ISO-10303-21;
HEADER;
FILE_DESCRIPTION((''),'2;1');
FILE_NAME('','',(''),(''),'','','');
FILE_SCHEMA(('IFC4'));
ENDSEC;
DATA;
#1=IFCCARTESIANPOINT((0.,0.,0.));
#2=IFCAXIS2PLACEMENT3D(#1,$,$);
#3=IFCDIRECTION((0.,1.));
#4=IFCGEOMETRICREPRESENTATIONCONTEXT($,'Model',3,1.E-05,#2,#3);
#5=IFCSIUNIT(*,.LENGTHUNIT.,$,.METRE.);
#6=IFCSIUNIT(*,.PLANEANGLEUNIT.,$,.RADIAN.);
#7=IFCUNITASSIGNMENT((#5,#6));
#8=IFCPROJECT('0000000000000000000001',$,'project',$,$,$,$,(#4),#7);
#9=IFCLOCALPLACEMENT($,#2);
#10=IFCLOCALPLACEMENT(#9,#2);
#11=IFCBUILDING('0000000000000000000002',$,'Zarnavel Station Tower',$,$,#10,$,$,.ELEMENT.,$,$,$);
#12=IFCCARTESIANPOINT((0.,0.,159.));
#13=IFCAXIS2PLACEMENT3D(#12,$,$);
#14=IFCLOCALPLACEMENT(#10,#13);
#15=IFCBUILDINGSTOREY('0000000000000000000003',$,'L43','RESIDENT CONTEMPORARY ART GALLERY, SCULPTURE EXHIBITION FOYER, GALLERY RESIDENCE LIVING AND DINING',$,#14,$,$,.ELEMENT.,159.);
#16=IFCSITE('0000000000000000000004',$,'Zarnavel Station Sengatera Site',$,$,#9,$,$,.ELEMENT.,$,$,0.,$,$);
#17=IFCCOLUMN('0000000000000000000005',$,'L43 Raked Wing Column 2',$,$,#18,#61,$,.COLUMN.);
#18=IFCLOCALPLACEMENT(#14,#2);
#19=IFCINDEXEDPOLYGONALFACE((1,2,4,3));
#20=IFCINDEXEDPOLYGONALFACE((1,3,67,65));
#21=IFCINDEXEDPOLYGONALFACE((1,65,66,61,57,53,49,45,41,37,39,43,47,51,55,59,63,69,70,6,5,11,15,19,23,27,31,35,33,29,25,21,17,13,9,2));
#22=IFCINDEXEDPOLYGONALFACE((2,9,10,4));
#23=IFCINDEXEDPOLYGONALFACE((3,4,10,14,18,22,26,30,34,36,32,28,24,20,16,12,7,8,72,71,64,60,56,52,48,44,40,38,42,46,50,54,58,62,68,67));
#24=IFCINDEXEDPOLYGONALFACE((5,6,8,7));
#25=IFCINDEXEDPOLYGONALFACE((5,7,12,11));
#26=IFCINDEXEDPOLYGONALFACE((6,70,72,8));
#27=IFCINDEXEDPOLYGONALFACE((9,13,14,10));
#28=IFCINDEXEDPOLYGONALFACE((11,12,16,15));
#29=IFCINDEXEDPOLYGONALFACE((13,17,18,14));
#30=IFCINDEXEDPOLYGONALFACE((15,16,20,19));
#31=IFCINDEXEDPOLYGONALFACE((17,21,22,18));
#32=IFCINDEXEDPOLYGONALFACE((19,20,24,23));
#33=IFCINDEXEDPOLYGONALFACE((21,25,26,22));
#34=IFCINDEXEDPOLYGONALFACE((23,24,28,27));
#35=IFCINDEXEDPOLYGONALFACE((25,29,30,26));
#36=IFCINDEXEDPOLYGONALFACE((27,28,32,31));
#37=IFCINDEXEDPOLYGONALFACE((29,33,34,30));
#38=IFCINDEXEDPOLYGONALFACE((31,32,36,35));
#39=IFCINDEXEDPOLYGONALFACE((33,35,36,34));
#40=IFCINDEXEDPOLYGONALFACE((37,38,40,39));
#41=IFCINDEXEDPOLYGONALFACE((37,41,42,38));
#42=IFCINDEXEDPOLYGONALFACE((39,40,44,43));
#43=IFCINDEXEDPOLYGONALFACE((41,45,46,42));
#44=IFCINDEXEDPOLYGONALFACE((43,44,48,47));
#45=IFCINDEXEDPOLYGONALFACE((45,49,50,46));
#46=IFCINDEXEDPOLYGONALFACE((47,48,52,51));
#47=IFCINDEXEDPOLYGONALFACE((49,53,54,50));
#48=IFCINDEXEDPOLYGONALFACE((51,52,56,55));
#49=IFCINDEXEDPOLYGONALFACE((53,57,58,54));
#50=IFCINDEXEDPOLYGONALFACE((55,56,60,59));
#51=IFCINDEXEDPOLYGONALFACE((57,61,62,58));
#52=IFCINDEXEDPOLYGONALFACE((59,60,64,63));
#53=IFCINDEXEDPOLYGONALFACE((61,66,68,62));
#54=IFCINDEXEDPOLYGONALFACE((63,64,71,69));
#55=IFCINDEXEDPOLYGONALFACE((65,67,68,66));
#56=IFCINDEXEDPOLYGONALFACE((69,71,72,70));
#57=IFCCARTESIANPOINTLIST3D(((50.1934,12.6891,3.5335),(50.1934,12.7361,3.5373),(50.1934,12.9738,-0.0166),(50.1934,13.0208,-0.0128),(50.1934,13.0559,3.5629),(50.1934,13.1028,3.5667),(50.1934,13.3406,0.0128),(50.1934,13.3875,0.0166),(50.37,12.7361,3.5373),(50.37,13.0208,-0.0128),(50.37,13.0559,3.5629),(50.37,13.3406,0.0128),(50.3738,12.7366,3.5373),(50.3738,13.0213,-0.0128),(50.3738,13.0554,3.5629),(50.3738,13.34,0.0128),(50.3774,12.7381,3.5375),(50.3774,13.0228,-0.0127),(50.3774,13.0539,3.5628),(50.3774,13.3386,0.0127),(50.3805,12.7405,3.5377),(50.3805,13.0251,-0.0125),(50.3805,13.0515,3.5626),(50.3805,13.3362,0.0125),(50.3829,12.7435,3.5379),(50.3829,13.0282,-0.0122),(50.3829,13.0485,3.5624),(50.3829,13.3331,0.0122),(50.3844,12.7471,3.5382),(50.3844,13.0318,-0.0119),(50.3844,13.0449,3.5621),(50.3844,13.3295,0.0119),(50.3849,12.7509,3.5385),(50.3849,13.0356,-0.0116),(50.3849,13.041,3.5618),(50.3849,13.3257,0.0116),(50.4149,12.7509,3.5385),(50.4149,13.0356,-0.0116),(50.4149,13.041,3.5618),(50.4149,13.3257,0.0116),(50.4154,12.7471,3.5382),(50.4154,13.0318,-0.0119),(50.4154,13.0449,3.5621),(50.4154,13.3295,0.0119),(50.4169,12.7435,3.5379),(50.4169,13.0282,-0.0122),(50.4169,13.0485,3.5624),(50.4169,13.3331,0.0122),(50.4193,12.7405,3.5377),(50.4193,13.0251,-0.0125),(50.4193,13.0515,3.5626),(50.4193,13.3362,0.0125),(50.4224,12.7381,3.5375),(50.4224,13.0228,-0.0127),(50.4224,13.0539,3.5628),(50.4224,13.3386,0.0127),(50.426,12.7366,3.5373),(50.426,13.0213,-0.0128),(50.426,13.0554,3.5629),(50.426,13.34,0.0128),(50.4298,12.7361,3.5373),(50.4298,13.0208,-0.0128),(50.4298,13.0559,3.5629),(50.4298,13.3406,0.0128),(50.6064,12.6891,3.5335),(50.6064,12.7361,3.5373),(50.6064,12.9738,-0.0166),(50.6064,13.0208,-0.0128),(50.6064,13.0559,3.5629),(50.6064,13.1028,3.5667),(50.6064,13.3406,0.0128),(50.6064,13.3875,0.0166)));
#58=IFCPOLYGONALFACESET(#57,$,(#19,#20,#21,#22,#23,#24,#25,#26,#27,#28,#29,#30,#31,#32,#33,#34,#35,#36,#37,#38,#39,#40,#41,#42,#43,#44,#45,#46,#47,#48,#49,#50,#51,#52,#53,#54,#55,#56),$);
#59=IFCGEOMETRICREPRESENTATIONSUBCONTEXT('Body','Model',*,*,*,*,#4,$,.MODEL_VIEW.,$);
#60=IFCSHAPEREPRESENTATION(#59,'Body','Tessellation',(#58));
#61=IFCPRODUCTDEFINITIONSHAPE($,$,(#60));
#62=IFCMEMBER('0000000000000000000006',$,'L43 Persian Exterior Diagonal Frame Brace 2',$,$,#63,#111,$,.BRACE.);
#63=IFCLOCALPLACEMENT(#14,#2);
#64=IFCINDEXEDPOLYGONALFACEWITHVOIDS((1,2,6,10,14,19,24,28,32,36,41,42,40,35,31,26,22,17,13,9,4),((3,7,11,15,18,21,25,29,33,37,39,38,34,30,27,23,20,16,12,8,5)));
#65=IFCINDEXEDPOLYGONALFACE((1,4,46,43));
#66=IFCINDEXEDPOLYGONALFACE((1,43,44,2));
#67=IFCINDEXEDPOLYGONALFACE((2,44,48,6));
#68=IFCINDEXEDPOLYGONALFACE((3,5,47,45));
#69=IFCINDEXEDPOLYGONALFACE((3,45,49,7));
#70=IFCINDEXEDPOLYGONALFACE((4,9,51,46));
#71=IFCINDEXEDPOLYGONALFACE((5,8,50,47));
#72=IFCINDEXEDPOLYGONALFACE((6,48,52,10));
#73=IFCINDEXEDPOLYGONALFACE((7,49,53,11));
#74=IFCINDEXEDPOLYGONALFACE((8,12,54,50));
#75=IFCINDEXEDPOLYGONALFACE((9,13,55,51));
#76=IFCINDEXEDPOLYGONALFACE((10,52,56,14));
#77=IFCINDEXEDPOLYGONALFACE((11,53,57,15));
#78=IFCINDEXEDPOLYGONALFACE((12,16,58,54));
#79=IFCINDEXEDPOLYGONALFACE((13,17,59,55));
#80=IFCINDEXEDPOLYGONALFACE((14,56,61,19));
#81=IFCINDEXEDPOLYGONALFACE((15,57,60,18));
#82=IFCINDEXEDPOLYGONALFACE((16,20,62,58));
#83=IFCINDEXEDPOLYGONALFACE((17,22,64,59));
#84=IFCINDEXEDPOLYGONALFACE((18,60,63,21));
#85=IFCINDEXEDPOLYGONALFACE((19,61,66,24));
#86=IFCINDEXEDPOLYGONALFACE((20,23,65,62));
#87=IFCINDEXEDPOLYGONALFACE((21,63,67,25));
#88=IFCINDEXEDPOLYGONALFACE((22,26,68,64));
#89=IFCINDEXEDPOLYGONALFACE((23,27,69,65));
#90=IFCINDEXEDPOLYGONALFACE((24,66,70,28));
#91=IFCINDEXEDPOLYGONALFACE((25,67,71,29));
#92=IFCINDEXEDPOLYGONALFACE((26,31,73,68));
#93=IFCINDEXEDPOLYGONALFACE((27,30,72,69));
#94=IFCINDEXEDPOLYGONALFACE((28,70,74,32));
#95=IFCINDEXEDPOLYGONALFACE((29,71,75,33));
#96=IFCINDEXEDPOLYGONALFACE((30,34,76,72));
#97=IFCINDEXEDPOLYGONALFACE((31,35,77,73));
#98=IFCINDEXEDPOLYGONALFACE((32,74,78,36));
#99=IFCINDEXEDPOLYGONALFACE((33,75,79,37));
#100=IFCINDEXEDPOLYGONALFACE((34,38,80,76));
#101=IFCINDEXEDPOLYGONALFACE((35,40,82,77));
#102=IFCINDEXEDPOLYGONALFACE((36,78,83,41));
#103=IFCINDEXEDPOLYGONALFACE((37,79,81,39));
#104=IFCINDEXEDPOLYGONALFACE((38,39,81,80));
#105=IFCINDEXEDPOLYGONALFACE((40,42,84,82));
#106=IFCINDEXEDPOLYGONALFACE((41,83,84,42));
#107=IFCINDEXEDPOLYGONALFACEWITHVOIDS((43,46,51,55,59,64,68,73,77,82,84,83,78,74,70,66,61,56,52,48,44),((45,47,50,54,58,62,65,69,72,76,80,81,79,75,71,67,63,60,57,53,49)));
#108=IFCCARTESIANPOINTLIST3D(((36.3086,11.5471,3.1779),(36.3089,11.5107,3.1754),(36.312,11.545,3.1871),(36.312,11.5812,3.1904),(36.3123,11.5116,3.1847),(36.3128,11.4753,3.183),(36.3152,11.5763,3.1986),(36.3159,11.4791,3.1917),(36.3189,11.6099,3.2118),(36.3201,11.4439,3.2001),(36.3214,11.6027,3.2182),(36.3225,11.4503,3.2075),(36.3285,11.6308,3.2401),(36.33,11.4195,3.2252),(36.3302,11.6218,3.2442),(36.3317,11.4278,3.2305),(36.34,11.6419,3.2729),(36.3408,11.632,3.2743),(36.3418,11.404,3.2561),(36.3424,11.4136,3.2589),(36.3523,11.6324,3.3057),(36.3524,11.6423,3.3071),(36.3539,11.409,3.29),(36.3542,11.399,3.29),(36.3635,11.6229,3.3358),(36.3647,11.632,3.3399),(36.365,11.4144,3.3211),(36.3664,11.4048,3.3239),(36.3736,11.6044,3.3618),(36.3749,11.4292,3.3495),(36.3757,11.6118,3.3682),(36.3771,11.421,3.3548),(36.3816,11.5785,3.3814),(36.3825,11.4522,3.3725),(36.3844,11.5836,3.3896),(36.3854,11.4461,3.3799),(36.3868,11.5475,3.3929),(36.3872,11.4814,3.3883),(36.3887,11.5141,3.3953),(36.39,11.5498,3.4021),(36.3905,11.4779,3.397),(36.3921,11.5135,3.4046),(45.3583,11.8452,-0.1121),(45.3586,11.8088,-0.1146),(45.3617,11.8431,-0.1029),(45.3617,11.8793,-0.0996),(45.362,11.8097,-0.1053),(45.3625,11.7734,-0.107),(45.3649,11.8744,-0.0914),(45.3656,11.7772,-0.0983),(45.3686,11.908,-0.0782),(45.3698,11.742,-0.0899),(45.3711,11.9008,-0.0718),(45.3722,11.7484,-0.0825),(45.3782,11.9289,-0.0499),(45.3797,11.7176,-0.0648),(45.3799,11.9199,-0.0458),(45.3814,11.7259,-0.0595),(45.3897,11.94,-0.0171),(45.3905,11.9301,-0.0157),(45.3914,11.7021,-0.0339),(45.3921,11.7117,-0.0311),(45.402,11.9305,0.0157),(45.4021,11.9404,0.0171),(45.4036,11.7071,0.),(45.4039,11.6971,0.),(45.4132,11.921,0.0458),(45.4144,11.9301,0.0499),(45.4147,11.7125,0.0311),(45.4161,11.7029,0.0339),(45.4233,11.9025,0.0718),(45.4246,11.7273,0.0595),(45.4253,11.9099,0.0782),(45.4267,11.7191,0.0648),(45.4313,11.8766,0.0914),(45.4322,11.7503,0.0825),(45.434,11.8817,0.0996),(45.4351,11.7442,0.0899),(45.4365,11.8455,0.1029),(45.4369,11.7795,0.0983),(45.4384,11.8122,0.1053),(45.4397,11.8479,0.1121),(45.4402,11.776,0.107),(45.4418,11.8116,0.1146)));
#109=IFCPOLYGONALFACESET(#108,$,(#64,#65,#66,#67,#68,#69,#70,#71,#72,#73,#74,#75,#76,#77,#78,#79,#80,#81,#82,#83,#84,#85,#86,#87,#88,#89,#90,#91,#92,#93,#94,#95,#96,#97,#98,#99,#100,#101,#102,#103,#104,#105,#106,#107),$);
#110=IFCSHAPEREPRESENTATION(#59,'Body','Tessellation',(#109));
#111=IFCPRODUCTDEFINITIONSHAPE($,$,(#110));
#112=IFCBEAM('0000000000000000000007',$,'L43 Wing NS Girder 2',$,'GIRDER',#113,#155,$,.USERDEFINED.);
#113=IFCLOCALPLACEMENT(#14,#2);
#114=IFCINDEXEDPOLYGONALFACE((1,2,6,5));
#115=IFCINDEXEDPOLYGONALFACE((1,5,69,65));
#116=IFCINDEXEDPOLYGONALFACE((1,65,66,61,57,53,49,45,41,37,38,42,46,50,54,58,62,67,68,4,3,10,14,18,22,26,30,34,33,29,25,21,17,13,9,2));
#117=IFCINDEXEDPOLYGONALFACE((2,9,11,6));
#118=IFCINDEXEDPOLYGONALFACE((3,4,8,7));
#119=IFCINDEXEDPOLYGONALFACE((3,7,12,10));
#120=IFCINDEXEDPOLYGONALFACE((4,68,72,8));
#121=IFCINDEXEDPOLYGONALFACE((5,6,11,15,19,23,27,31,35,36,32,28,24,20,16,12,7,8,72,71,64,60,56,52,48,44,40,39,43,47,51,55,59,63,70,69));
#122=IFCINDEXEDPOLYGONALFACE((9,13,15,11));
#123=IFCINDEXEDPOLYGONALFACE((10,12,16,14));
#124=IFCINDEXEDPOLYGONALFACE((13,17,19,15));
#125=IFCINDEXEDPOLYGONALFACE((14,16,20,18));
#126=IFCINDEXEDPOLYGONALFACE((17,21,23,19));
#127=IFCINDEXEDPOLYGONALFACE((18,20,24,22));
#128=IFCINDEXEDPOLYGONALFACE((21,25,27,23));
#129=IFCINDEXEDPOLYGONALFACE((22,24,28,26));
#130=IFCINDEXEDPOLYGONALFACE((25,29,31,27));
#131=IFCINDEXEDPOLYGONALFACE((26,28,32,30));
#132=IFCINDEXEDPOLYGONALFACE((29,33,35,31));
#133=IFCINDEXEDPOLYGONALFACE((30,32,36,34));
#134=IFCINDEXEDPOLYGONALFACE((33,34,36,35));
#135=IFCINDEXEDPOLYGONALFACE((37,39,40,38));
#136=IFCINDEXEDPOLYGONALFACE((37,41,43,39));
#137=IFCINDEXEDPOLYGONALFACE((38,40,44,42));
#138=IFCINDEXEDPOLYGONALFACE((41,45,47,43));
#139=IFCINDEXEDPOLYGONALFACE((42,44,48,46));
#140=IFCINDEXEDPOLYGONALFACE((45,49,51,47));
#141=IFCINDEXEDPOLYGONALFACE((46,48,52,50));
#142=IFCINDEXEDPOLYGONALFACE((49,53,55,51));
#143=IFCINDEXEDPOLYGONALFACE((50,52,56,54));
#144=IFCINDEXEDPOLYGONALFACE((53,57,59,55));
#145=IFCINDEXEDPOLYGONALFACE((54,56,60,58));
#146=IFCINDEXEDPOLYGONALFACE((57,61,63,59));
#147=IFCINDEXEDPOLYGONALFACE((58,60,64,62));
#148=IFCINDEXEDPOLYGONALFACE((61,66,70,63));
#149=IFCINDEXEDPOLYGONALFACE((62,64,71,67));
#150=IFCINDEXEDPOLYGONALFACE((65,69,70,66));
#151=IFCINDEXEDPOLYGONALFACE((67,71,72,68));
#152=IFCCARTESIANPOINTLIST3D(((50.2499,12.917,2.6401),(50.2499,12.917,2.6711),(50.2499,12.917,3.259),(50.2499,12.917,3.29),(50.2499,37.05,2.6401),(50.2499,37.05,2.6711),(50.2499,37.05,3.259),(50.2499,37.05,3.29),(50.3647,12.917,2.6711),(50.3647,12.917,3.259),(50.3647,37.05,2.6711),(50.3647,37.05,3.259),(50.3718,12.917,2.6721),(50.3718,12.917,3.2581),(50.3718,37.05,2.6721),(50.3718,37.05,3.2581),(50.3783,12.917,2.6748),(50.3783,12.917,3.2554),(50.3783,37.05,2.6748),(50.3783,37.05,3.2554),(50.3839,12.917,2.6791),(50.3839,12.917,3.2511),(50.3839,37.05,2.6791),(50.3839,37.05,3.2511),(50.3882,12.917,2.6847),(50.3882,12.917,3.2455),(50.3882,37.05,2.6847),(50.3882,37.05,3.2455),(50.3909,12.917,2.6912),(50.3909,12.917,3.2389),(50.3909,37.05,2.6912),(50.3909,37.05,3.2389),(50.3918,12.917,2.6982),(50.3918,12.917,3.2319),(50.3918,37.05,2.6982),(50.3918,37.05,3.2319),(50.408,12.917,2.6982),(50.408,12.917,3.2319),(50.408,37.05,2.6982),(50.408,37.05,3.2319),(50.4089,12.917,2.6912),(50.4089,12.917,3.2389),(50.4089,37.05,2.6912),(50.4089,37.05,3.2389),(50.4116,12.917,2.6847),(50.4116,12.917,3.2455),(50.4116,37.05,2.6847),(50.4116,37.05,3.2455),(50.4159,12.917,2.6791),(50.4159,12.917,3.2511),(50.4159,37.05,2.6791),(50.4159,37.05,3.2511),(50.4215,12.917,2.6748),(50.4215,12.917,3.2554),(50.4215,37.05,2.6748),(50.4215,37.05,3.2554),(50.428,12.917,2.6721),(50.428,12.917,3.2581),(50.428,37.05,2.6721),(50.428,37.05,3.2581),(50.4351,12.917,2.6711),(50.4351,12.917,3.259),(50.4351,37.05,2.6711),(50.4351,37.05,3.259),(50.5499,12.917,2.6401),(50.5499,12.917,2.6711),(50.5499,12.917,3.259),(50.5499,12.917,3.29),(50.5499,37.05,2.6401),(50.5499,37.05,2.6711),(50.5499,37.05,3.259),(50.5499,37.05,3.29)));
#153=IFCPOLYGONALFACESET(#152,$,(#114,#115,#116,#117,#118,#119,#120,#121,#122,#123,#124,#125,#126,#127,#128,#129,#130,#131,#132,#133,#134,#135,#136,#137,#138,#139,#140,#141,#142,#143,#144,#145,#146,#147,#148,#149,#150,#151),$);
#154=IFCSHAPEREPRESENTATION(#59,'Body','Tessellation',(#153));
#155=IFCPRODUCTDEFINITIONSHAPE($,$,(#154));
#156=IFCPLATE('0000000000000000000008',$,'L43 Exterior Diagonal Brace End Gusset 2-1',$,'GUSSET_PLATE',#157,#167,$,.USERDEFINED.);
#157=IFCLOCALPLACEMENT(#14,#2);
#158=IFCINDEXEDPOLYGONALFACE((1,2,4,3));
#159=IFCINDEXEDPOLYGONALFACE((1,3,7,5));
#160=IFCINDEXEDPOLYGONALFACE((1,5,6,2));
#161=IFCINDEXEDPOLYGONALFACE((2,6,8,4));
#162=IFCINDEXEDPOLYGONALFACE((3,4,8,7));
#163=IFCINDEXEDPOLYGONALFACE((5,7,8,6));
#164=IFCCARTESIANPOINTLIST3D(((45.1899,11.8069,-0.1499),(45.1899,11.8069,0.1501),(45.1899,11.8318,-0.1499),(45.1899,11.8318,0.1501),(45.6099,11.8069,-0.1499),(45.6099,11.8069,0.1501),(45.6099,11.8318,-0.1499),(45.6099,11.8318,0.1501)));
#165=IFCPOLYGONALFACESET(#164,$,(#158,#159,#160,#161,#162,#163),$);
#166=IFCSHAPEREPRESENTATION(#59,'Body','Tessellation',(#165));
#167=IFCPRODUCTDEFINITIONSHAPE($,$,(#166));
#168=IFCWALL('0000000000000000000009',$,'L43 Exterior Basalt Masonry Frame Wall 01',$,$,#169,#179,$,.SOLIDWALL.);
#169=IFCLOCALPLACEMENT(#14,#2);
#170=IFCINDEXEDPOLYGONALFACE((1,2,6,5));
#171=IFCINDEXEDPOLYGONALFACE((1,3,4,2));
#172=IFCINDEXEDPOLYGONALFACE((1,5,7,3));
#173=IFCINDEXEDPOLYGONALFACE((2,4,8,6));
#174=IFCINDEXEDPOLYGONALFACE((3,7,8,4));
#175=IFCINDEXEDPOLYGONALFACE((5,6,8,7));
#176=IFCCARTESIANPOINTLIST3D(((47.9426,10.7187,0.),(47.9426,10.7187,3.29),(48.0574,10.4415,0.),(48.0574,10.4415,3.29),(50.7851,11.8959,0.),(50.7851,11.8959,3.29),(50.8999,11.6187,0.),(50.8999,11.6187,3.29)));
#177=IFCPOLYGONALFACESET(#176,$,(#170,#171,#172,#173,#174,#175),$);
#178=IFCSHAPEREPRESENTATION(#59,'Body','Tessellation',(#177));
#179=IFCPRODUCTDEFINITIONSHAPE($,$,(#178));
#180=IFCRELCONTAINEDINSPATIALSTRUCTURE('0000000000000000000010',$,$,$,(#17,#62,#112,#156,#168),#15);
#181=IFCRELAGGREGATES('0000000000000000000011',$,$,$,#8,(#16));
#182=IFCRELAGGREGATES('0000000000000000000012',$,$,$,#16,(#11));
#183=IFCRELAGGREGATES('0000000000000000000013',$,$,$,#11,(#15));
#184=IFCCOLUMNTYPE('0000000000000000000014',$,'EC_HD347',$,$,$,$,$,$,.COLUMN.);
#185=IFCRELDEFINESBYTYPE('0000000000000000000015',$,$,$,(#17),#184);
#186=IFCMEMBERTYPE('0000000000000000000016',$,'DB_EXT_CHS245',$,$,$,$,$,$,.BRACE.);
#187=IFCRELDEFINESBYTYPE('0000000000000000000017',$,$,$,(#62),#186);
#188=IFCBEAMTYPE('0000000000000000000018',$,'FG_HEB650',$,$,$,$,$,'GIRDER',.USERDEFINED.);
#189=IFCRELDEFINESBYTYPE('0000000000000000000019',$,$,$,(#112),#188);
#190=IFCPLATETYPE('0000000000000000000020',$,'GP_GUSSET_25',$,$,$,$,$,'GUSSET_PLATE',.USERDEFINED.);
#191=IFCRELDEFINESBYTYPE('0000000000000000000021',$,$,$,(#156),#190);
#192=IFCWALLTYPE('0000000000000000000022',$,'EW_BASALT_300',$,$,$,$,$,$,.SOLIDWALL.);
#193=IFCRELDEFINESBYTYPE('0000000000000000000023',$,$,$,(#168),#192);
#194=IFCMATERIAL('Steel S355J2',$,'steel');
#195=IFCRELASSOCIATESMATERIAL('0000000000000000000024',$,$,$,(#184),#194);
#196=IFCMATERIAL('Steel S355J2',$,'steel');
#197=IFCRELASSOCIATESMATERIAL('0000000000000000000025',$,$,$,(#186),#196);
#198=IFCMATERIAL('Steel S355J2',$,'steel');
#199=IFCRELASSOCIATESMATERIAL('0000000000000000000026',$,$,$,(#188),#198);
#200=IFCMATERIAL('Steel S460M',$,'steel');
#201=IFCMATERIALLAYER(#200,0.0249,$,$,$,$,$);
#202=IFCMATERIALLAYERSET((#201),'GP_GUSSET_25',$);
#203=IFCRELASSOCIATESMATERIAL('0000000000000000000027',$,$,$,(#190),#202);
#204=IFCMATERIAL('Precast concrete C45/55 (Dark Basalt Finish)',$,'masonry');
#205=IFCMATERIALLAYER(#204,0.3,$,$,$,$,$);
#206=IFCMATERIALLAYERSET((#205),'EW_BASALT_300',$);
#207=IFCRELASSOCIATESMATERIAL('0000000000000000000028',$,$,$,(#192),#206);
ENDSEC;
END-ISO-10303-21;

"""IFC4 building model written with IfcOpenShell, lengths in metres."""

from ifc_helpers import new_model, si_unit, direction, frame, frame_2d, origin, origin_2d, place, context, subcontext, project, spatial, rectangle, hollow_circle, i_section, extrude, material, layer, layer_set, material_profile, profile_set, type_object, element, save


model = new_model("IFC4")

# Units and contexts
model_context = context("Model", 3, precision=1e-05, world=origin(), true_north=direction((0.0, 1.0)))
body_context = subcontext(model_context, "Body", "Model", "MODEL_VIEW")
ifc_project = project(units=[si_unit("LENGTHUNIT", "METRE"), si_unit("PLANEANGLEUNIT", "RADIAN")], contexts=[model_context])

# Site, building, storey
site_placement = place(None, origin())
site = spatial("IfcSite", under=ifc_project, at=site_placement, Name="Zarnavel Station Sengatera Site", CompositionType="ELEMENT", RefElevation=0.0)
building_placement = place(site_placement, origin())
building = spatial("IfcBuilding", under=site, at=building_placement, Name="Zarnavel Station Tower", CompositionType="ELEMENT")
storey_placement = place(building_placement, frame((0.0, 0.0, 159.0)))
storey = spatial("IfcBuildingStorey", under=building, at=storey_placement, Name="L43", Description="RESIDENT CONTEMPORARY ART GALLERY, SCULPTURE EXHIBITION FOYER, GALLERY RESIDENCE LIVING AND DINING", CompositionType="ELEMENT", Elevation=159.0)

# Column
ifc_material_1 = material(Name="Steel S355J2", Category="steel")
ifc_material_profile_1 = material_profile(ifc_material_1, i_section(OverallWidth=0.4131, OverallDepth=0.415, WebThickness=0.03, FlangeThickness=0.0471, FilletRadius=0.0149, at=origin_2d()), Name="HD400x347")
ifc_profile_set_1 = profile_set([ifc_material_profile_1], Name="Steel S355J2")
column_type = type_object("IfcColumnType", Name="EC_HD347", PredefinedType="COLUMN", material=ifc_profile_set_1)
column_placement = place(storey_placement, frame((50.3999, 13.1807, 0.0), z_axis=(0.0, -0.07993, 0.9968), x_axis=(1.0, 0.0, 0.0)))
element("IfcColumn", 1, at=column_placement, inside=storey, type_object=column_type, Name="L43 Raked Wing Column 2", PredefinedType="COLUMN", context=body_context, shape_type="SweptSolid", body=[
    extrude(i_section(OverallWidth=0.4131, OverallDepth=0.415, WebThickness=0.03, FlangeThickness=0.0471, FilletRadius=0.0149, at=origin_2d()), origin(), (0.0, 0.0, 1.0), 3.5615),
])

# Member
ifc_material_2 = material(Name="Steel S355J2", Category="steel")
ifc_material_profile_2 = material_profile(ifc_material_2, hollow_circle(Radius=0.1223, WallThickness=0.01, at=origin_2d()), Name="CHS244.5x10")
ifc_profile_set_2 = profile_set([ifc_material_profile_2], Name="Steel S355J2")
member_type = type_object("IfcMemberType", Name="DB_EXT_CHS245", PredefinedType="BRACE", material=ifc_profile_set_2)
member_placement = place(storey_placement, frame((45.3999, 11.8193, 0.0), z_axis=(-0.93937, -0.030942, 0.341506), x_axis=(0.032922, -0.999458, 0.0)))
element("IfcMember", 2, at=member_placement, inside=storey, type_object=member_type, Name="L43 Persian Exterior Diagonal Frame Brace 2", PredefinedType="BRACE", context=body_context, shape_type="SweptSolid", body=[
    extrude(hollow_circle(Radius=0.1223, WallThickness=0.01, at=origin_2d()), origin(), (0.0, 0.0, 1.0), 9.6338),
])

# Beam
ifc_material_3 = material(Name="Steel S355J2", Category="steel")
ifc_material_profile_3 = material_profile(ifc_material_3, i_section(OverallWidth=0.3, OverallDepth=0.6499, WebThickness=0.0161, FlangeThickness=0.031, FilletRadius=0.0271, at=origin_2d()), Name="HEB650")
ifc_profile_set_3 = profile_set([ifc_material_profile_3], Name="Steel S355J2")
beam_type = type_object("IfcBeamType", Name="FG_HEB650", ElementType="GIRDER", PredefinedType="USERDEFINED", material=ifc_profile_set_3)
beam_placement = place(storey_placement, frame((50.3999, 12.917, 2.9651), z_axis=(0.0, 1.0, 0.0), x_axis=(-1.0, 0.0, 0.0)))
element("IfcBeam", 3, at=beam_placement, inside=storey, type_object=beam_type, Name="L43 Wing NS Girder 2", ObjectType="GIRDER", PredefinedType="USERDEFINED", context=body_context, shape_type="SweptSolid", body=[
    extrude(i_section(OverallWidth=0.3, OverallDepth=0.6499, WebThickness=0.0161, FlangeThickness=0.031, FilletRadius=0.0271, at=origin_2d()), origin(), (0.0, 0.0, 1.0), 24.1331),
])

# Plate
ifc_material_4 = material(Name="Steel S460M", Category="steel")
ifc_layer_1 = layer(ifc_material_4, 0.0249)
ifc_layer_set_1 = layer_set([ifc_layer_1], Name="GP_GUSSET_25")
plate_type = type_object("IfcPlateType", Name="GP_GUSSET_25", ElementType="GUSSET_PLATE", PredefinedType="USERDEFINED", material=ifc_layer_set_1)
plate_placement = place(storey_placement, frame((45.3999, 11.8193, -0.1499), z_axis=(0.0, 0.0, 1.0), x_axis=(1.0, 0.0, 0.0)))
element("IfcPlate", 4, at=plate_placement, inside=storey, type_object=plate_type, Name="L43 Exterior Diagonal Brace End Gusset 2-1", ObjectType="GUSSET_PLATE", PredefinedType="USERDEFINED", context=body_context, shape_type="SweptSolid", body=[
    extrude(rectangle(XDim=0.4199, YDim=0.0249, at=origin_2d()), origin(), (0.0, 0.0, 1.0), 0.3),
])

# Wall
ifc_material_5 = material(Name="Precast concrete C45/55 (Dark Basalt Finish)", Category="masonry")
ifc_layer_2 = layer(ifc_material_5, 0.3)
ifc_layer_set_2 = layer_set([ifc_layer_2], Name="EW_BASALT_300")
wall_type_1 = type_object("IfcWallType", Name="EW_BASALT_300", PredefinedType="SOLIDWALL", material=ifc_layer_set_2)
wall_1_placement = place(storey_placement, frame((50.8425, 11.7573, 0.0), z_axis=(0.0, 0.0, 1.0), x_axis=(-0.923899, -0.382637, 0.0)))
element("IfcWall", 5, at=wall_1_placement, inside=storey, type_object=wall_type_1, Name="L43 Exterior Basalt Masonry Frame Wall 01", PredefinedType="SOLIDWALL", context=body_context, shape_type="SweptSolid", body=[
    extrude(rectangle(XDim=3.0767, YDim=0.3, at=frame_2d((1.5383, 0.0))), origin(), (0.0, 0.0, 1.0), 3.29),
])

save(model, "model.ifc")
